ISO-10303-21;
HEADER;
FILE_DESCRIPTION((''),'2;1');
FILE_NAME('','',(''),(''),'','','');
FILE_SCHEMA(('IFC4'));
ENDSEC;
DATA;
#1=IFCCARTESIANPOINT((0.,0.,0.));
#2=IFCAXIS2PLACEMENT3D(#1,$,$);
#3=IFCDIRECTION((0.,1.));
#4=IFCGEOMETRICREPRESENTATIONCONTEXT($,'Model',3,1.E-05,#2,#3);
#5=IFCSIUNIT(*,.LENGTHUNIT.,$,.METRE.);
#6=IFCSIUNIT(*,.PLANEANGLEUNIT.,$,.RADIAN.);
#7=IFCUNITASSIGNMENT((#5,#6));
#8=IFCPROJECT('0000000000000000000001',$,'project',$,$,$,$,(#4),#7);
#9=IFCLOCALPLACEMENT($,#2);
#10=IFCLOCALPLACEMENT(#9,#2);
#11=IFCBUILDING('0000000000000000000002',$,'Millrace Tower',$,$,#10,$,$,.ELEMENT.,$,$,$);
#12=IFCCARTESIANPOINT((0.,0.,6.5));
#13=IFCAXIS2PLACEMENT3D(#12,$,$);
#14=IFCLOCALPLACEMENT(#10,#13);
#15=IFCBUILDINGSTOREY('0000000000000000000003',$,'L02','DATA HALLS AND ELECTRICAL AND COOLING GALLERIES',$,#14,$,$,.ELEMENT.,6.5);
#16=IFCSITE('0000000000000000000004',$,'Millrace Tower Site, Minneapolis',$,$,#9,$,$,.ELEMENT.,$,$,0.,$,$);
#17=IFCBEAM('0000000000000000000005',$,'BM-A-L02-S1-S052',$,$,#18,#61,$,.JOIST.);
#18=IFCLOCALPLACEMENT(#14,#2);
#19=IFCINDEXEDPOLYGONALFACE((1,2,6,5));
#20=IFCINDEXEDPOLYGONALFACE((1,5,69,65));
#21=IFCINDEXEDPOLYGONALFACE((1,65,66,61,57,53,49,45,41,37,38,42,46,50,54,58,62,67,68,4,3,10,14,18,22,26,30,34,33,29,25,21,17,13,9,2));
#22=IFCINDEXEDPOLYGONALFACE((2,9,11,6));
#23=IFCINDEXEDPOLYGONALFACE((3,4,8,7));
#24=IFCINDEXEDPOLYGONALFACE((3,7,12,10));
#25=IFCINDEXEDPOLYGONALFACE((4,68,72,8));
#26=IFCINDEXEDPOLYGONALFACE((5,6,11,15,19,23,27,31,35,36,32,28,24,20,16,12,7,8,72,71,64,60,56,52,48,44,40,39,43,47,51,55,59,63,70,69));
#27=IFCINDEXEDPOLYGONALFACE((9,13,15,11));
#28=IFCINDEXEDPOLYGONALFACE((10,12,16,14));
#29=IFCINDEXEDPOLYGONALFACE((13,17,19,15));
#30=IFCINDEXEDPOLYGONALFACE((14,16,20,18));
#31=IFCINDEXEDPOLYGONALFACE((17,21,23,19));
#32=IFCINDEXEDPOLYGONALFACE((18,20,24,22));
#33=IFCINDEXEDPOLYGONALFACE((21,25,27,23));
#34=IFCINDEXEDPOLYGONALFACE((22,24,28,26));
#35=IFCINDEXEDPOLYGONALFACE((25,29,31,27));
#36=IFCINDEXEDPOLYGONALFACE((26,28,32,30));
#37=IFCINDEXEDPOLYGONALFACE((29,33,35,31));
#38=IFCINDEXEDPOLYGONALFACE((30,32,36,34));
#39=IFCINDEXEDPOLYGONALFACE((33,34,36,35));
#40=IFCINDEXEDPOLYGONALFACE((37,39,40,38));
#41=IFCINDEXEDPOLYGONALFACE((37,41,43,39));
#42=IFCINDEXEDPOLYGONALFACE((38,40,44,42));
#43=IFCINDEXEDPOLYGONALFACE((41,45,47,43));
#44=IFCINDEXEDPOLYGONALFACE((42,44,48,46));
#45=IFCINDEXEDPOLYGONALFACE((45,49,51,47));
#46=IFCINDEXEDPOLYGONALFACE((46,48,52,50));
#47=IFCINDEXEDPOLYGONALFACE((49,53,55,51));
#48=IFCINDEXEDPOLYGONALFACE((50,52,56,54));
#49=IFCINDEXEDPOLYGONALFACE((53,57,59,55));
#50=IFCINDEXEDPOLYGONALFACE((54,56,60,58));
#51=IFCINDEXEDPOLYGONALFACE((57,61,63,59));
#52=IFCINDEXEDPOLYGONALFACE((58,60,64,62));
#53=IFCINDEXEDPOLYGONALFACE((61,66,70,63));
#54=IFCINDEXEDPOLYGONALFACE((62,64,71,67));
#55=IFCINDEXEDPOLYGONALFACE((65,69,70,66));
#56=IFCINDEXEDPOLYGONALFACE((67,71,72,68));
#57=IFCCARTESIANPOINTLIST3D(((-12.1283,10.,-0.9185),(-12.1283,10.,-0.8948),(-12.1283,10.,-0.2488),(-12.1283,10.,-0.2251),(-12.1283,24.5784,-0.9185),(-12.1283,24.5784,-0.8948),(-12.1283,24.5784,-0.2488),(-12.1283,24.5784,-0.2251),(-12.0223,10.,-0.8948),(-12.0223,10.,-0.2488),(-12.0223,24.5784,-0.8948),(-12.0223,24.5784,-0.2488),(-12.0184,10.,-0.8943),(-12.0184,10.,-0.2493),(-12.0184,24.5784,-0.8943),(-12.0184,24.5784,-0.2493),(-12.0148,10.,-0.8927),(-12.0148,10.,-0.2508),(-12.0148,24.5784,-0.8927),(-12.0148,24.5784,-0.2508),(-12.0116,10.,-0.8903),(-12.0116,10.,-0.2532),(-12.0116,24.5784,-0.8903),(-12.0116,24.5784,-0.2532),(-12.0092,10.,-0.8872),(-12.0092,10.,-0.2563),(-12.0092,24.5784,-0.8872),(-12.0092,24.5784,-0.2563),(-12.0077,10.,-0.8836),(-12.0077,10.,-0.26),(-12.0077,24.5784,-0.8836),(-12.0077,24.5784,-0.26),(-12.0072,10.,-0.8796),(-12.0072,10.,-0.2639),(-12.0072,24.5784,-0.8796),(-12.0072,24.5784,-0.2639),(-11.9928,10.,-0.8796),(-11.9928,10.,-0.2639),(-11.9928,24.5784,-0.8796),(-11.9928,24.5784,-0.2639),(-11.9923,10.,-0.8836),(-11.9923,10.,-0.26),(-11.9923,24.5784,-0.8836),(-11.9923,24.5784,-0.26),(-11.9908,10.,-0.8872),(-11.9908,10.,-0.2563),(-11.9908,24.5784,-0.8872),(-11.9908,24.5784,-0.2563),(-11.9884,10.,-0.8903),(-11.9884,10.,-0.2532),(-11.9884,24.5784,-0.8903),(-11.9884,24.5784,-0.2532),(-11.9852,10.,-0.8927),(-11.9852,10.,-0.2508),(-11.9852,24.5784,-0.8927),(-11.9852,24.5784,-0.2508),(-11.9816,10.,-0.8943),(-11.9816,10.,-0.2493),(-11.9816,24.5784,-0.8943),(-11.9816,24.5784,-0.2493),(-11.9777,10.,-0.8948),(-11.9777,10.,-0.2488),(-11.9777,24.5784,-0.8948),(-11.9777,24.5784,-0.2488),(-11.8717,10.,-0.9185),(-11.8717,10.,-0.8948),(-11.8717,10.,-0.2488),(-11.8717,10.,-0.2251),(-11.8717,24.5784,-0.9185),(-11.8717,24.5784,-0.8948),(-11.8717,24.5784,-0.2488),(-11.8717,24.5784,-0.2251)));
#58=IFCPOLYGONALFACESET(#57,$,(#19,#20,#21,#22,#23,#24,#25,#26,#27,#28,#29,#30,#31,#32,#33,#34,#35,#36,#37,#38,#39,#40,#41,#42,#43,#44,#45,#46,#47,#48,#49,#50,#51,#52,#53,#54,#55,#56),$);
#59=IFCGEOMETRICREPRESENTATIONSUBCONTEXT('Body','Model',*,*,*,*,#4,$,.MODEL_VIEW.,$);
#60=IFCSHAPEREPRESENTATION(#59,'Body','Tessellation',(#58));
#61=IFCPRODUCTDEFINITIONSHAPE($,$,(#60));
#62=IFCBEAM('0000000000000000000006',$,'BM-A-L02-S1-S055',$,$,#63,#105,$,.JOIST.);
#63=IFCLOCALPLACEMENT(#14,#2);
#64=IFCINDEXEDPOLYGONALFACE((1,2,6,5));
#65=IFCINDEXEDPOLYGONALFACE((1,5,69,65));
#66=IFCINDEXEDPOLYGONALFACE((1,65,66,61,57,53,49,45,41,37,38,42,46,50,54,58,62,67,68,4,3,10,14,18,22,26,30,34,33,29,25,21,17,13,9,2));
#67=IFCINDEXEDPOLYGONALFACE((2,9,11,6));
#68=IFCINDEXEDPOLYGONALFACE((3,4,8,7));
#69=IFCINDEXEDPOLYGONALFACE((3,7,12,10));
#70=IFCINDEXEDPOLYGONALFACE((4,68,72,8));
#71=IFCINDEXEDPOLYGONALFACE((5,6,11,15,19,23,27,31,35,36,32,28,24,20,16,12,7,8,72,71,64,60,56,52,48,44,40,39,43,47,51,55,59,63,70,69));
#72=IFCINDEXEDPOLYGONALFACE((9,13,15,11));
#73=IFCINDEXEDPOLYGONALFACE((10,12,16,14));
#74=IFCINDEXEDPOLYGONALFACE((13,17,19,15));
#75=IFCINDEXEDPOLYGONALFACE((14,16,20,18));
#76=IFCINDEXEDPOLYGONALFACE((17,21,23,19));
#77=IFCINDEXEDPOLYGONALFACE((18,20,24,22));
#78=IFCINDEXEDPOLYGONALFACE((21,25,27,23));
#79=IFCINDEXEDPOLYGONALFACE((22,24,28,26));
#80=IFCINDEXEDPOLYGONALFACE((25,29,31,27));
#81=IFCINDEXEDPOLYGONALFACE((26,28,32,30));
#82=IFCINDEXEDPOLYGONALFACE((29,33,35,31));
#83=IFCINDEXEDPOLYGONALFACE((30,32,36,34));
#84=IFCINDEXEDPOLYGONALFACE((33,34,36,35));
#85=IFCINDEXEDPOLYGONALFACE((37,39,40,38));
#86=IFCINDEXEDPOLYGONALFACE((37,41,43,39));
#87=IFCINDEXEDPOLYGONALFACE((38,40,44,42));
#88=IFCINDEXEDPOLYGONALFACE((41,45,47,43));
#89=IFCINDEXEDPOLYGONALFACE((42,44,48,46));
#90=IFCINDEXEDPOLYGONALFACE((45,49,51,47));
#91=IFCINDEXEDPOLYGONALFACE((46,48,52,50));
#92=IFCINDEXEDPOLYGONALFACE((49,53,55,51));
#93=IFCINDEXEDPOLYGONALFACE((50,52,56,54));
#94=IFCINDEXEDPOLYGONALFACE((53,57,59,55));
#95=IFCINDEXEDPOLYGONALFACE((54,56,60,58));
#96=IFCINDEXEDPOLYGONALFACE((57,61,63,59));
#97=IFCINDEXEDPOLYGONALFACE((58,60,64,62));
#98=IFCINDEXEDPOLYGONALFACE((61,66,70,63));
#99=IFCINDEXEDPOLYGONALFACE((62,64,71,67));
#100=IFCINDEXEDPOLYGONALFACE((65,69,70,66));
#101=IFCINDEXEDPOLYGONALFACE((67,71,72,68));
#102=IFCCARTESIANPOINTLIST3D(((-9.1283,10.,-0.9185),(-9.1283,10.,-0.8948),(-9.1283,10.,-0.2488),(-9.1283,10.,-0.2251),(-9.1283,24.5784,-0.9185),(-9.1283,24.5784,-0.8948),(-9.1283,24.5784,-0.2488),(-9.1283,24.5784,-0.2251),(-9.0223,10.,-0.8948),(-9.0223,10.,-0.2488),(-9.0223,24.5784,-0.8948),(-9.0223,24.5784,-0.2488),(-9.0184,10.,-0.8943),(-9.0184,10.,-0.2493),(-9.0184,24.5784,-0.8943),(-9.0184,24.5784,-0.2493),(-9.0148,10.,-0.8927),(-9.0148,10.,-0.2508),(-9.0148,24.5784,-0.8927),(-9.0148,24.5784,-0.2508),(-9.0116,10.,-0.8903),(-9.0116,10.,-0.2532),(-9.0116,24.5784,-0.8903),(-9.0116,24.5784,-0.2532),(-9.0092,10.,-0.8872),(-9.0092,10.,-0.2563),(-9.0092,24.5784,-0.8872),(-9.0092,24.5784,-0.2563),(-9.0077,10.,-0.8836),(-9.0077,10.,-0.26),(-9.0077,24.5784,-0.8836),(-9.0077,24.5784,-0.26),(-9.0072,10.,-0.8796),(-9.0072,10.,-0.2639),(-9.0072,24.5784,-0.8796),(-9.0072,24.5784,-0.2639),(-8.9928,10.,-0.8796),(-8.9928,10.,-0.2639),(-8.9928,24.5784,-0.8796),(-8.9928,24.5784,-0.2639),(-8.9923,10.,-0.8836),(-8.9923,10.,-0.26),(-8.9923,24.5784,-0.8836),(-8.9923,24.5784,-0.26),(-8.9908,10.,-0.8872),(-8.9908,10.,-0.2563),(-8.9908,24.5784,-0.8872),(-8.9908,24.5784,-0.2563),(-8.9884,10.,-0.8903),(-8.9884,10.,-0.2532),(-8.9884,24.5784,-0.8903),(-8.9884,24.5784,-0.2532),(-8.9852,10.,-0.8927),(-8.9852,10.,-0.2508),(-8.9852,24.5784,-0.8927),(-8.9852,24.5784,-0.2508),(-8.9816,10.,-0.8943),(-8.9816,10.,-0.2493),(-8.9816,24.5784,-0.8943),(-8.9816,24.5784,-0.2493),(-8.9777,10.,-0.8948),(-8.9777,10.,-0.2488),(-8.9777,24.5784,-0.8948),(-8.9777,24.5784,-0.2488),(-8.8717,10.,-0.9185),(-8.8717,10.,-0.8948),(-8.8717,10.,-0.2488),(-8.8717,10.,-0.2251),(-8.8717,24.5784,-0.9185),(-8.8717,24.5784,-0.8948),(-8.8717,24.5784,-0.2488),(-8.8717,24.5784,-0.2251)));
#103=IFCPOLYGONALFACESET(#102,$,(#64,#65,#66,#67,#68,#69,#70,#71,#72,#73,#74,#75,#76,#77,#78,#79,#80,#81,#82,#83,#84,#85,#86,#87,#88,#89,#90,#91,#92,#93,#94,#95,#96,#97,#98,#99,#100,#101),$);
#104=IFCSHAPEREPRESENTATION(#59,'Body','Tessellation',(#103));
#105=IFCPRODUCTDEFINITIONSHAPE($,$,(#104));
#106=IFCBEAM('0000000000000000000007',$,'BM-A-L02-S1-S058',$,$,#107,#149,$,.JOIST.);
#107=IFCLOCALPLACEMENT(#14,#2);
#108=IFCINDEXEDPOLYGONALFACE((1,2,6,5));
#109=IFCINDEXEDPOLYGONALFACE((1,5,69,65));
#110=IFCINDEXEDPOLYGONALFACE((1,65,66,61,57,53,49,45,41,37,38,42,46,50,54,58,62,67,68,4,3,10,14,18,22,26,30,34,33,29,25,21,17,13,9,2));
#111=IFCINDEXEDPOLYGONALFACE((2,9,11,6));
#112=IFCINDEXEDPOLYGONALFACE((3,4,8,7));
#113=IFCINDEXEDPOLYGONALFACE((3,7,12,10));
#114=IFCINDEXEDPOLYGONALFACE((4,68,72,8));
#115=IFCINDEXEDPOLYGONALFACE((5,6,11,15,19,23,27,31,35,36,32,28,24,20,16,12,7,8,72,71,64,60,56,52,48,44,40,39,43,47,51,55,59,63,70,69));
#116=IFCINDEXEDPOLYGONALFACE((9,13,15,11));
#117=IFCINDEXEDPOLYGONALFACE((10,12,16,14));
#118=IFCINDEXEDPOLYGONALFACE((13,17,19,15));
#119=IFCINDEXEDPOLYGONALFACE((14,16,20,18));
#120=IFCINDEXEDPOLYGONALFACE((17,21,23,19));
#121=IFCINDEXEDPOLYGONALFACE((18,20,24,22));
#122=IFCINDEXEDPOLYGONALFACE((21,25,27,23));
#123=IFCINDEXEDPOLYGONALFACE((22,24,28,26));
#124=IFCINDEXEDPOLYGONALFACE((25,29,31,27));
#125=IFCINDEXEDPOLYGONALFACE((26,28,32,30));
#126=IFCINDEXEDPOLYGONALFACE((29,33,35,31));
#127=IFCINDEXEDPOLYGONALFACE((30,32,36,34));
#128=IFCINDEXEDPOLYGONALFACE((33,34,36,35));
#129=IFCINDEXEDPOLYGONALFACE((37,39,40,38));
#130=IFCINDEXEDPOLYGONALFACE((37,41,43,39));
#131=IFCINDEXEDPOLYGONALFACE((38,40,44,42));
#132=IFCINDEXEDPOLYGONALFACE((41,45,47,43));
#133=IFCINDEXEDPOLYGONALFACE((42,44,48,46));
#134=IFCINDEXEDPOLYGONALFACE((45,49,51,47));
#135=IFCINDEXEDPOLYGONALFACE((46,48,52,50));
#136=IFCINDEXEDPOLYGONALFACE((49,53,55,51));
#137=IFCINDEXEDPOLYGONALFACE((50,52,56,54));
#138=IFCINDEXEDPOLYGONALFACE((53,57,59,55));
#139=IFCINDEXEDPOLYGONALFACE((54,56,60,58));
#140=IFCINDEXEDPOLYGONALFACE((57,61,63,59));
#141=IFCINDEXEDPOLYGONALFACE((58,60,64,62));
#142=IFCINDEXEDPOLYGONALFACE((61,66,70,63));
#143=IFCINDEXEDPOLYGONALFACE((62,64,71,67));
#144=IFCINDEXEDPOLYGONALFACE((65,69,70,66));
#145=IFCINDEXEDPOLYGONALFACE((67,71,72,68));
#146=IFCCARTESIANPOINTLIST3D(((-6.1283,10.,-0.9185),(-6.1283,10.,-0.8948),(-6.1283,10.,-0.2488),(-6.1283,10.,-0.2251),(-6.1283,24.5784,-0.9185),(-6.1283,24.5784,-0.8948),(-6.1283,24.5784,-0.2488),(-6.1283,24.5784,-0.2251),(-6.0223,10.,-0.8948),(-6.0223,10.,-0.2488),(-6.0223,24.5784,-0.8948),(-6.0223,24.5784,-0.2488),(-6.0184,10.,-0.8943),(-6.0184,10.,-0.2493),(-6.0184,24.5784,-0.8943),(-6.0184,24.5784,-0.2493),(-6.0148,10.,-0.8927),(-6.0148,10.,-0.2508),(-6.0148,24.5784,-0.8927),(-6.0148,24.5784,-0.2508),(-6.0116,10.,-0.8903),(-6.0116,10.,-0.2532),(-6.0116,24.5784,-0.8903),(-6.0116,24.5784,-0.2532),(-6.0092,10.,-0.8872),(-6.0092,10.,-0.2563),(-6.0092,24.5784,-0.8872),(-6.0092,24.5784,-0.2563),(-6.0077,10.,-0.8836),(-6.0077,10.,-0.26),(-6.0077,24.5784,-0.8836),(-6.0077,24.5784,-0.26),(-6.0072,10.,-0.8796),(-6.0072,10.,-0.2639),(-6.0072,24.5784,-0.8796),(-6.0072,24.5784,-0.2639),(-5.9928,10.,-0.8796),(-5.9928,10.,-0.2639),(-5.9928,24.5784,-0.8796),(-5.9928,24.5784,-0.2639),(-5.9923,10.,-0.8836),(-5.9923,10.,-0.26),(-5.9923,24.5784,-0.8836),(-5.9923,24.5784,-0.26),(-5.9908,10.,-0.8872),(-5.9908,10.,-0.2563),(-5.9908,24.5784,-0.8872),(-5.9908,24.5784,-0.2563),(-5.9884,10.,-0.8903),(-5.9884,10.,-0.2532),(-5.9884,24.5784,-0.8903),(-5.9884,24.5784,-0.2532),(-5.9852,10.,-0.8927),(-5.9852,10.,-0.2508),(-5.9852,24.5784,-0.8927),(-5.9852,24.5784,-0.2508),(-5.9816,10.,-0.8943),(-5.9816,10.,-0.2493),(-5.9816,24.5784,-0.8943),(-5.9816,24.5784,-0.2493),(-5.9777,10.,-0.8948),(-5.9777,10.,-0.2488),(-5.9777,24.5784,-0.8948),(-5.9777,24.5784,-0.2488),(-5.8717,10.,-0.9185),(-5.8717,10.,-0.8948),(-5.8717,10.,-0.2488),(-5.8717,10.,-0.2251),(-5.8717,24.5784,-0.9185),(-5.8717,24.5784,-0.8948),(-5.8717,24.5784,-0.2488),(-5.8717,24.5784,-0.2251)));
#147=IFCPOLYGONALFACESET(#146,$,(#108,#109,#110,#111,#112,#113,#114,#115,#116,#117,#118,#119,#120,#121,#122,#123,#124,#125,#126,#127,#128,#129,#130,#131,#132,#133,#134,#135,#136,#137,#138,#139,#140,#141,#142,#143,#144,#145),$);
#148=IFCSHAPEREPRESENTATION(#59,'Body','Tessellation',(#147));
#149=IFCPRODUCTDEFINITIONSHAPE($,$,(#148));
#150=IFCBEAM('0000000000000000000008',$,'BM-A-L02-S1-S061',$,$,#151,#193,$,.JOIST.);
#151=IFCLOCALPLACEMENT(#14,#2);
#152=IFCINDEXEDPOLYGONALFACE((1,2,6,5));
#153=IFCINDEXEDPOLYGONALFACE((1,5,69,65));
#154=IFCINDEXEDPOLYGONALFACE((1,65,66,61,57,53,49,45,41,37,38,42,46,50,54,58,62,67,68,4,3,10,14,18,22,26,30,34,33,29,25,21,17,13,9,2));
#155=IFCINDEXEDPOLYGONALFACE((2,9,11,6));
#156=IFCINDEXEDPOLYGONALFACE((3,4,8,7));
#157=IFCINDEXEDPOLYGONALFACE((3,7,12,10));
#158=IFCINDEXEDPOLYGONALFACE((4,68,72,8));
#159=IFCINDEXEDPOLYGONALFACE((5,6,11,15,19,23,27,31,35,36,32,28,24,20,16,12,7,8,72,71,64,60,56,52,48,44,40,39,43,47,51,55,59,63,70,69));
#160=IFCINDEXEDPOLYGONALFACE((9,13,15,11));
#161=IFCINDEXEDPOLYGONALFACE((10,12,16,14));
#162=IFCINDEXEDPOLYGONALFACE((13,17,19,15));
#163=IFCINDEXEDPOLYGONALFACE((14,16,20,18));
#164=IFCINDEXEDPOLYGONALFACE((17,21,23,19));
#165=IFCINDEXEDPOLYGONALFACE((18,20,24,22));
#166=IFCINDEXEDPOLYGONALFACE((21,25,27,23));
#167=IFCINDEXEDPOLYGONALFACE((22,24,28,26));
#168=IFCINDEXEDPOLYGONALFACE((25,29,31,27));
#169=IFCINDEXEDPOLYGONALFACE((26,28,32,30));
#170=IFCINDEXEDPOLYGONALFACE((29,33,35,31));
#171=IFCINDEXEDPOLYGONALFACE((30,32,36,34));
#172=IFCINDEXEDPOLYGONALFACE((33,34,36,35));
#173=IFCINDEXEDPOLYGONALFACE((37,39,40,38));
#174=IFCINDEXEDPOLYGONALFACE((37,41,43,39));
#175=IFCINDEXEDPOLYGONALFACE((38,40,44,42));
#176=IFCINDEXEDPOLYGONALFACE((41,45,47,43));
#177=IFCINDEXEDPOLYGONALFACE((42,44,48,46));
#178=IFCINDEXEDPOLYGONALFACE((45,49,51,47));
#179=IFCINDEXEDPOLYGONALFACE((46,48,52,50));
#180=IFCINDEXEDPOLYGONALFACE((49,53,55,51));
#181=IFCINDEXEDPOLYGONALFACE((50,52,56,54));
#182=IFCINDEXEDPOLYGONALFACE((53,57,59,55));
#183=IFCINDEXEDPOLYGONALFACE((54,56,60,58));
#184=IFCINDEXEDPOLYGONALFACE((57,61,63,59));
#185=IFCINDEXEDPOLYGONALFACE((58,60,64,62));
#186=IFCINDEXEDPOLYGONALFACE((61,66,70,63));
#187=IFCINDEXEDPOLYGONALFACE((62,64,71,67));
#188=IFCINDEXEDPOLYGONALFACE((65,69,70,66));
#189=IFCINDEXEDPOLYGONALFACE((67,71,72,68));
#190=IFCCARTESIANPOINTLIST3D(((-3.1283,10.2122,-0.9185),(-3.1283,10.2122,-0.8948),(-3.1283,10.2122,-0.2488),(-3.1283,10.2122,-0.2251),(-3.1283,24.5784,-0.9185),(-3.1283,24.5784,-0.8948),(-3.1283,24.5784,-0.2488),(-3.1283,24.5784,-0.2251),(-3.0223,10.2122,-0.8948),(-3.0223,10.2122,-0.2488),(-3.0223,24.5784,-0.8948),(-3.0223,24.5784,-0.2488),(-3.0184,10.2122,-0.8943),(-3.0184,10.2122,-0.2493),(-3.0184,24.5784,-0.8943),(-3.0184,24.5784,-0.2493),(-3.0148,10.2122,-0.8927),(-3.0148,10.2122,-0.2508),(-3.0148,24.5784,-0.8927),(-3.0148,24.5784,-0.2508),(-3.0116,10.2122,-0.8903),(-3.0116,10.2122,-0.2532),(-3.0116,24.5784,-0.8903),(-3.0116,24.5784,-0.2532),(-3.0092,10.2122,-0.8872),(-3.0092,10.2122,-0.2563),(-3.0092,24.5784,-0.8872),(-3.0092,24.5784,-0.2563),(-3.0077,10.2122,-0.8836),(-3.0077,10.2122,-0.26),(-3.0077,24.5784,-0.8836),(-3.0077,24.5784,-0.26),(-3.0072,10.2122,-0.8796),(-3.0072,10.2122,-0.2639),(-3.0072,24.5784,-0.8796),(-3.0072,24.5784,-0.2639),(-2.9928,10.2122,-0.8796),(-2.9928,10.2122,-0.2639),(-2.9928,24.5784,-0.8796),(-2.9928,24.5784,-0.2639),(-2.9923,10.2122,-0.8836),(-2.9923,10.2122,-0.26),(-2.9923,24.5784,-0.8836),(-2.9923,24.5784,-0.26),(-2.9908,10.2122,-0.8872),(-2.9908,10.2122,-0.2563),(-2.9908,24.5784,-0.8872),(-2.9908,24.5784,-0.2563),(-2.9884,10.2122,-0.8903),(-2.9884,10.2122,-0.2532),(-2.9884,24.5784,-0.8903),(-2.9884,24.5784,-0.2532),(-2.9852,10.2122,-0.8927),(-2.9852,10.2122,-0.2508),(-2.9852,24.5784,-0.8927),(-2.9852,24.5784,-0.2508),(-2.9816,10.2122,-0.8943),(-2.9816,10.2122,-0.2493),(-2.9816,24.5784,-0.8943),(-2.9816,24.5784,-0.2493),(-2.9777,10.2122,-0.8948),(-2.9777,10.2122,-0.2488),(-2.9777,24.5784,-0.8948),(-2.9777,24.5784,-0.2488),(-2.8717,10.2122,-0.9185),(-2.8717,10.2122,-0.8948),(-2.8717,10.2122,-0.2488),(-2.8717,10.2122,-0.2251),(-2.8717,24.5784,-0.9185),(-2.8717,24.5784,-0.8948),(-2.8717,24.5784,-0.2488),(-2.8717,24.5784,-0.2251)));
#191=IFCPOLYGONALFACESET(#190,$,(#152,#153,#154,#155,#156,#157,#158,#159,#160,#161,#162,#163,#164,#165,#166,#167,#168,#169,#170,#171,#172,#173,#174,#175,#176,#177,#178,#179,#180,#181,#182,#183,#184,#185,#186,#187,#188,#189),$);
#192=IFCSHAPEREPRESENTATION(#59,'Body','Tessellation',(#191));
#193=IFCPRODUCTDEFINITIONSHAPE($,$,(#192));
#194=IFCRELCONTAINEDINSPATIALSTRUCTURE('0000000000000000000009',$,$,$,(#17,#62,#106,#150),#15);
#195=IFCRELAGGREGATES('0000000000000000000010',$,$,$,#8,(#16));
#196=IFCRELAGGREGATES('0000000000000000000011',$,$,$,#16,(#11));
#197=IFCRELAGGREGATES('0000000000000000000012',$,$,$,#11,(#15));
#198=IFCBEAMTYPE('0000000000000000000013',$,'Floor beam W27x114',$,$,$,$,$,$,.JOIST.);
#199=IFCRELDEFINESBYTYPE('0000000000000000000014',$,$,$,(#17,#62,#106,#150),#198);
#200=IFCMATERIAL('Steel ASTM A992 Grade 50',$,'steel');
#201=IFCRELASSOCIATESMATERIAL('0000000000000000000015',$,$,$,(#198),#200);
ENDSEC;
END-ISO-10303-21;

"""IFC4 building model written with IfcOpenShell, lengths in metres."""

from ifc_helpers import new_model, si_unit, direction, frame, origin, origin_2d, place, context, subcontext, project, spatial, i_section, extrude, material, material_profile, profile_set, type_object, element, save


model = new_model("IFC4")

# Units and contexts
model_context = context("Model", 3, precision=1e-05, world=origin(), true_north=direction((0.0, 1.0)))
body_context = subcontext(model_context, "Body", "Model", "MODEL_VIEW")
ifc_project = project(units=[si_unit("LENGTHUNIT", "METRE"), si_unit("PLANEANGLEUNIT", "RADIAN")], contexts=[model_context])

# Site, building, storey
site_placement = place(None, origin())
site = spatial("IfcSite", under=ifc_project, at=site_placement, Name="Millrace Tower Site, Minneapolis", CompositionType="ELEMENT", RefElevation=0.0)
building_placement = place(site_placement, origin())
building = spatial("IfcBuilding", under=site, at=building_placement, Name="Millrace Tower", CompositionType="ELEMENT")
storey_placement = place(building_placement, frame((0.0, 0.0, 6.5)))
storey = spatial("IfcBuildingStorey", under=building, at=storey_placement, Name="L02", Description="DATA HALLS AND ELECTRICAL AND COOLING GALLERIES", CompositionType="ELEMENT", Elevation=6.5)

# Beams
ifc_material_1 = material(Name="Steel ASTM A992 Grade 50", Category="steel")
ifc_material_profile_1 = material_profile(ifc_material_1, i_section(OverallWidth=0.2566, OverallDepth=0.6934, WebThickness=0.0144, FlangeThickness=0.0237, FilletRadius=0.0151, at=origin_2d()))
ifc_profile_set_1 = profile_set([ifc_material_profile_1], Name="Steel ASTM A992 Grade 50")
beam_type_1 = type_object("IfcBeamType", Name="Floor beam W27x114", PredefinedType="JOIST", material=ifc_profile_set_1)
for number, where, z_axis, x_axis, name in (
    (1, (-12.0, 10.0, -0.5718), (0.0, 1.0, 0.0), (-1.0, 0.0, 0.0), "BM-A-L02-S1-S052"),
    (2, (-9.0, 10.0, -0.5718), (0.0, 1.0, 0.0), (-1.0, 0.0, 0.0), "BM-A-L02-S1-S055"),
    (3, (-6.0, 10.0, -0.5718), (0.0, 1.0, 0.0), (-1.0, 0.0, 0.0), "BM-A-L02-S1-S058"),
):
    element("IfcBeam", number, at=place(storey_placement, frame(where, z_axis=z_axis, x_axis=x_axis)), inside=storey, type_object=beam_type_1, Name=name, PredefinedType="JOIST", context=body_context, shape_type="SweptSolid", body=[
        extrude(i_section(OverallWidth=0.2566, OverallDepth=0.6934, WebThickness=0.0144, FlangeThickness=0.0237, FilletRadius=0.0151, at=origin_2d()), origin(), (0.0, 0.0, 1.0), 14.5784),
    ])
beam_1_placement = place(storey_placement, frame((-3.0, 10.2122, -0.5718), z_axis=(0.0, 1.0, 0.0), x_axis=(-1.0, 0.0, 0.0)))
element("IfcBeam", 4, at=beam_1_placement, inside=storey, type_object=beam_type_1, Name="BM-A-L02-S1-S061", PredefinedType="JOIST", context=body_context, shape_type="SweptSolid", body=[
    extrude(i_section(OverallWidth=0.2566, OverallDepth=0.6934, WebThickness=0.0144, FlangeThickness=0.0237, FilletRadius=0.0151, at=origin_2d()), origin(), (0.0, 0.0, 1.0), 14.3662),
])

save(model, "model.ifc")
